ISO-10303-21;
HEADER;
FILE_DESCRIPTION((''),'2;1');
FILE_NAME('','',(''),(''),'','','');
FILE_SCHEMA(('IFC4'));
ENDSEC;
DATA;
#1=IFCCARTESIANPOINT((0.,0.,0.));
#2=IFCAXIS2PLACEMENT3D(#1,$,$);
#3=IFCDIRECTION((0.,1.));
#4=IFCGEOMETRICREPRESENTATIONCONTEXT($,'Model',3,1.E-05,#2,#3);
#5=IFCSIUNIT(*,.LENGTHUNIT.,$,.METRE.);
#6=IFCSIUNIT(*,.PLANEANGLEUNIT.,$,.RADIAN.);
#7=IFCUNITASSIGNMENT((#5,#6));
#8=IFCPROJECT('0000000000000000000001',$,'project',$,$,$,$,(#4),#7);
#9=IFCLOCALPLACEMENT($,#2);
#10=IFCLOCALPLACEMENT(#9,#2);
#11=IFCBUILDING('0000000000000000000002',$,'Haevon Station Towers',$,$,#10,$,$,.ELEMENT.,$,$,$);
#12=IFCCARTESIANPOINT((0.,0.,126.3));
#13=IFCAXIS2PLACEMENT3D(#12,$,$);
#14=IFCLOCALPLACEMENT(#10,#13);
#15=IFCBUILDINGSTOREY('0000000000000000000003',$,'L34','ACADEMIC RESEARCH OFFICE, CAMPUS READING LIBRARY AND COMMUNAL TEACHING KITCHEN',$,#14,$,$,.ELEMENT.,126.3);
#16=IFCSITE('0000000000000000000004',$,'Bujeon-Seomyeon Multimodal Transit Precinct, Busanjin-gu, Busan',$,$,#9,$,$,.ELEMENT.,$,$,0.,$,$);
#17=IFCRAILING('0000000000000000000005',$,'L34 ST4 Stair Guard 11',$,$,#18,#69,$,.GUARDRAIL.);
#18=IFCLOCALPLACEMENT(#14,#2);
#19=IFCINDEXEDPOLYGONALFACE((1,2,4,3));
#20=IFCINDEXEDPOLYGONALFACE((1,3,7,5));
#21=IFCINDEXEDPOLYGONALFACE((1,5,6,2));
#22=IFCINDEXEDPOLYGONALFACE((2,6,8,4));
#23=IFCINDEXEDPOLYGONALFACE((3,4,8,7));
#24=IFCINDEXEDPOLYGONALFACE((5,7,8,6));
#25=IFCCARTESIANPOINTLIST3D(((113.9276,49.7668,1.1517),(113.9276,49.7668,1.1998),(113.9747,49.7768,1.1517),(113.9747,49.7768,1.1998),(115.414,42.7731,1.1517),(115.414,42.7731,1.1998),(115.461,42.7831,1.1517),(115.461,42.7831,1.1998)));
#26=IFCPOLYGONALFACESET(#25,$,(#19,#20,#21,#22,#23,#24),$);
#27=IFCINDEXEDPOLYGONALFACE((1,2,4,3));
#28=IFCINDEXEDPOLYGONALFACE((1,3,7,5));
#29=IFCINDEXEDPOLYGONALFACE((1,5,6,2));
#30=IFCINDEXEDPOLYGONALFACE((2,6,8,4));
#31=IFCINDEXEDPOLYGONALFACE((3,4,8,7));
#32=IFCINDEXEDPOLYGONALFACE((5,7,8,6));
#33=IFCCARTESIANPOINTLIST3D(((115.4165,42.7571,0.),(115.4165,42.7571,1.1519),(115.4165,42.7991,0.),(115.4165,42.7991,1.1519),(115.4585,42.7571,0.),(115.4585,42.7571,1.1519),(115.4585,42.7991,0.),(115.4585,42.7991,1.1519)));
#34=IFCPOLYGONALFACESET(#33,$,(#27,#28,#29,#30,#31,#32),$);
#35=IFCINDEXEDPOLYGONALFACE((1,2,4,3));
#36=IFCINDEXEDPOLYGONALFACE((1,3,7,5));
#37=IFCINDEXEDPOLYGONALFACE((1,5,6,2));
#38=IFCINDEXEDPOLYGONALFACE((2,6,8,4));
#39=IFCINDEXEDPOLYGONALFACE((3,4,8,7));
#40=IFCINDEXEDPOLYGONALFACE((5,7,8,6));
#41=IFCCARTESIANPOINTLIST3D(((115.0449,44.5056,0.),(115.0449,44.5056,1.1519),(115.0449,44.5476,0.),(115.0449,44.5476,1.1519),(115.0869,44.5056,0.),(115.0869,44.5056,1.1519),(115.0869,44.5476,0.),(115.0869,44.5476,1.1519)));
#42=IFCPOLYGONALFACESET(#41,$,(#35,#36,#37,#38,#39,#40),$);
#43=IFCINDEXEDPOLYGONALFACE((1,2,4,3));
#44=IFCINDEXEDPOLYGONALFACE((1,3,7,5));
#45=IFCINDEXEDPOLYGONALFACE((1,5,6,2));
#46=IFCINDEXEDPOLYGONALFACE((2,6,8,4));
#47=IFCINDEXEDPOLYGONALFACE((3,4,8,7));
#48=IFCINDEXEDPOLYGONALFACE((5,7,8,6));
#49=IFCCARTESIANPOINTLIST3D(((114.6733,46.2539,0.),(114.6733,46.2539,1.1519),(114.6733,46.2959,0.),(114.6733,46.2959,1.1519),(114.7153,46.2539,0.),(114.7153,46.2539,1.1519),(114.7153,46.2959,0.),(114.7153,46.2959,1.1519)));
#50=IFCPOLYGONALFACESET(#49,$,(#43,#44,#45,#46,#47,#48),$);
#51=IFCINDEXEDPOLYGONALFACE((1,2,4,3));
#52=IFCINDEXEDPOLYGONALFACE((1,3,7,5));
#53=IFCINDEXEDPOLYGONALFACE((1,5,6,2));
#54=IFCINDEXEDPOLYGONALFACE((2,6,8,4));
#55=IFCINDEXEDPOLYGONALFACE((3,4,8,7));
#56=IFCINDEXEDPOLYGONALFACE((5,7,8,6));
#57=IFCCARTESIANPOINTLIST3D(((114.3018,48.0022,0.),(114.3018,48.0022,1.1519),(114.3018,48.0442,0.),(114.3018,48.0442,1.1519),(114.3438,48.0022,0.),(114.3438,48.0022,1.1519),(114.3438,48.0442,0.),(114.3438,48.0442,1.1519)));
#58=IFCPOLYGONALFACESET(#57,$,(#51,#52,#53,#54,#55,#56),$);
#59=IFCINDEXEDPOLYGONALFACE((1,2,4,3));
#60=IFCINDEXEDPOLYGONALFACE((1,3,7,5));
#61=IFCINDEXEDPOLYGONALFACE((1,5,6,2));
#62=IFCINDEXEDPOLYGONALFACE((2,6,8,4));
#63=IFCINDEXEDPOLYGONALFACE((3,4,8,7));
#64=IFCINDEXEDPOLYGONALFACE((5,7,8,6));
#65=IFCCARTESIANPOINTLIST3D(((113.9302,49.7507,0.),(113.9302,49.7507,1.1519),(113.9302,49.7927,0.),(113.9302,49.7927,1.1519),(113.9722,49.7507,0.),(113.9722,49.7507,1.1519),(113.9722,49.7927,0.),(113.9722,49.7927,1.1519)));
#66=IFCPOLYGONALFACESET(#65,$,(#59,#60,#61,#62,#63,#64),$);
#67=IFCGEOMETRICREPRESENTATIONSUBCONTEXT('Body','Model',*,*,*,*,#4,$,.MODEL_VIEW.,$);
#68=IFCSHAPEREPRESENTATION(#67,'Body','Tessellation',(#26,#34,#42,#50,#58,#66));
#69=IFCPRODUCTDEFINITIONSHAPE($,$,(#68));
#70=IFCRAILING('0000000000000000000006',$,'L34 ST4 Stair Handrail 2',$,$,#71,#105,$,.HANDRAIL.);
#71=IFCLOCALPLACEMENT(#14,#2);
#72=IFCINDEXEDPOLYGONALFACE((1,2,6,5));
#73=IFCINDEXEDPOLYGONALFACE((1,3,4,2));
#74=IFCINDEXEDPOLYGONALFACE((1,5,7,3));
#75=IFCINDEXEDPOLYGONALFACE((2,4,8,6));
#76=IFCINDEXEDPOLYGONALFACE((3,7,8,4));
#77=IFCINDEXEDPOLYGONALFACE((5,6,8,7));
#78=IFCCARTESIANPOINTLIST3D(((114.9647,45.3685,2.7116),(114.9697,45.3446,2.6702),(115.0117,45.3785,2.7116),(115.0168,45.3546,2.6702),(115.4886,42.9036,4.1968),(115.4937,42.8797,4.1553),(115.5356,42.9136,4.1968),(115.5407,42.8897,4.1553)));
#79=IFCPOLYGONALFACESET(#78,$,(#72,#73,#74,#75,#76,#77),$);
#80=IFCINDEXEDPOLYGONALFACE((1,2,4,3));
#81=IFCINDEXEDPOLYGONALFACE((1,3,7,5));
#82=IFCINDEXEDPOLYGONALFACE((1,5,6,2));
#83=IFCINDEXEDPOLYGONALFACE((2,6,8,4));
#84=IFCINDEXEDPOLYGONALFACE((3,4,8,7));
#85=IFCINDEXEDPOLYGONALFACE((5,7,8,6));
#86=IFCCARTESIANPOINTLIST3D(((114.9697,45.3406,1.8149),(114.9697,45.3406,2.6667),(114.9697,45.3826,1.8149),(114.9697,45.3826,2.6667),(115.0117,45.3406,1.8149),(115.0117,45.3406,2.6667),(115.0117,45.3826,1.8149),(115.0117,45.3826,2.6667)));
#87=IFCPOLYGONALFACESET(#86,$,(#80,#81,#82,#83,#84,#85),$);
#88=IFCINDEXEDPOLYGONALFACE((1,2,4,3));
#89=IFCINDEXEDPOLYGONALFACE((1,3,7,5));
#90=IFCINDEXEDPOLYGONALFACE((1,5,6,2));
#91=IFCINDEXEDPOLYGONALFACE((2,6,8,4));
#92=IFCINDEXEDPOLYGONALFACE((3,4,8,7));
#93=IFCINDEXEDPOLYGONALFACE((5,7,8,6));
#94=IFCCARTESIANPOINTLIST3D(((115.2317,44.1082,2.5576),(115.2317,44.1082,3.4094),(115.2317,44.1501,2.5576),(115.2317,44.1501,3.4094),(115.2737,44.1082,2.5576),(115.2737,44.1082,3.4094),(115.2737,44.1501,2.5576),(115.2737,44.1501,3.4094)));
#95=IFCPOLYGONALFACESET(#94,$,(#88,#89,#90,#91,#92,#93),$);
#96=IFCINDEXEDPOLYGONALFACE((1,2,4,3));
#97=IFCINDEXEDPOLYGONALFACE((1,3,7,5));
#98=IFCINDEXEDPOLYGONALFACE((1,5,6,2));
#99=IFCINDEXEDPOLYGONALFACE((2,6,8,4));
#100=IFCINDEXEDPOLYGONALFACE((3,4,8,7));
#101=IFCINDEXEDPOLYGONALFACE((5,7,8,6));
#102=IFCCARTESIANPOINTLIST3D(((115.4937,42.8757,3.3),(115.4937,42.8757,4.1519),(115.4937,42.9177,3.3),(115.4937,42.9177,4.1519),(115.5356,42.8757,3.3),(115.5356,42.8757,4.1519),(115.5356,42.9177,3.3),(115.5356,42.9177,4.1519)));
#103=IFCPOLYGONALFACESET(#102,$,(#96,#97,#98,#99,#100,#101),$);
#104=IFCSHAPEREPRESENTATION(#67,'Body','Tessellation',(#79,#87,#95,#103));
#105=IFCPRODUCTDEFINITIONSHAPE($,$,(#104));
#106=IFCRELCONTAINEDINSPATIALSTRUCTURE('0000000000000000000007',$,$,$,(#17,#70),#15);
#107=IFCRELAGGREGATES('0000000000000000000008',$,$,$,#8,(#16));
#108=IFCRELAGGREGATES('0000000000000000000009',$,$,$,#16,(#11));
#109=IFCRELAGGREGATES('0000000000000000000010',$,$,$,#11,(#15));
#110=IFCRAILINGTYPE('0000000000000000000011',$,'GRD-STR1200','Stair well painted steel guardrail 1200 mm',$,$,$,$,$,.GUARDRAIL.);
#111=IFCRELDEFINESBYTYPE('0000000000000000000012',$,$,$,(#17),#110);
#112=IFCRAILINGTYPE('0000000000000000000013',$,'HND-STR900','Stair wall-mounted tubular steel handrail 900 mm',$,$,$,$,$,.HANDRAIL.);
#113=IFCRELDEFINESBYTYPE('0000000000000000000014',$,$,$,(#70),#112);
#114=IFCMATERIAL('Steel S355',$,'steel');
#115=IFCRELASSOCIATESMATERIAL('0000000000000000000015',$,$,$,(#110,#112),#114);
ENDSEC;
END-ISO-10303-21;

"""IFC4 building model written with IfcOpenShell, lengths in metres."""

from ifc_helpers import new_model, si_unit, direction, frame, origin, origin_2d, place, context, subcontext, project, spatial, rectangle, extrude, material, type_object, element, save


model = new_model("IFC4")

# Units and contexts
model_context = context("Model", 3, precision=1e-05, world=origin(), true_north=direction((0.0, 1.0)))
body_context = subcontext(model_context, "Body", "Model", "MODEL_VIEW")
ifc_project = project(units=[si_unit("LENGTHUNIT", "METRE"), si_unit("PLANEANGLEUNIT", "RADIAN")], contexts=[model_context])

# Site, building, storey
site_placement = place(None, origin())
site = spatial("IfcSite", under=ifc_project, at=site_placement, Name="Bujeon-Seomyeon Multimodal Transit Precinct, Busanjin-gu, Busan", CompositionType="ELEMENT", RefElevation=0.0)
building_placement = place(site_placement, origin())
building = spatial("IfcBuilding", under=site, at=building_placement, Name="Haevon Station Towers", CompositionType="ELEMENT")
storey_placement = place(building_placement, frame((0.0, 0.0, 126.3)))
storey = spatial("IfcBuildingStorey", under=building, at=storey_placement, Name="L34", Description="ACADEMIC RESEARCH OFFICE, CAMPUS READING LIBRARY AND COMMUNAL TEACHING KITCHEN", CompositionType="ELEMENT", Elevation=126.3)

# Railings
ifc_material_1 = material(Name="Steel S355", Category="steel")
railing_type_1 = type_object("IfcRailingType", Name="GRD-STR1200", Description="Stair well painted steel guardrail 1200 mm", PredefinedType="GUARDRAIL", material=ifc_material_1)
railing_1_placement = place(storey_placement, frame((115.4375, 42.7781, 0.0)))
element("IfcRailing", 1, at=railing_1_placement, inside=storey, type_object=railing_type_1, Name="L34 ST4 Stair Guard 11", PredefinedType="GUARDRAIL", context=body_context, shape_type="SweptSolid", body=[
    extrude(rectangle(XDim=0.0481, YDim=0.0481, at=origin_2d()), frame((0.0, 0.0, 1.1758), z_axis=(-0.207882, 0.978154, 0.0), x_axis=(-0.978154, -0.207882, 0.0)), (0.0, 0.0, 1.0), 7.1499),
    extrude(rectangle(XDim=0.042, YDim=0.042, at=origin_2d()), origin(), (0.0, 0.0, 1.0), 1.1519),
    extrude(rectangle(XDim=0.042, YDim=0.042, at=origin_2d()), frame((-0.3716, 1.7485, 0.0)), (0.0, 0.0, 1.0), 1.1519),
    extrude(rectangle(XDim=0.042, YDim=0.042, at=origin_2d()), frame((-0.7432, 3.4968, 0.0)), (0.0, 0.0, 1.0), 1.1519),
    extrude(rectangle(XDim=0.042, YDim=0.042, at=origin_2d()), frame((-1.1147, 5.2451, 0.0)), (0.0, 0.0, 1.0), 1.1519),
    extrude(rectangle(XDim=0.042, YDim=0.042, at=origin_2d()), frame((-1.4863, 6.9937, 0.0)), (0.0, 0.0, 1.0), 1.1519),
])
railing_type_2 = type_object("IfcRailingType", Name="HND-STR900", Description="Stair wall-mounted tubular steel handrail 900 mm", PredefinedType="HANDRAIL", material=ifc_material_1)
railing_2_placement = place(storey_placement, frame((114.9907, 45.3616, 1.8149)))
element("IfcRailing", 2, at=railing_2_placement, inside=storey, type_object=railing_type_2, Name="L34 ST4 Stair Handrail 2", PredefinedType="HANDRAIL", context=body_context, shape_type="SweptSolid", body=[
    extrude(rectangle(XDim=0.0481, YDim=0.0481, at=origin_2d()), frame((0.0, 0.0, 0.876), z_axis=(0.179121, -0.842688, 0.507733), x_axis=(0.978147, 0.207914, 0.0)), (0.0, 0.0, 1.0), 2.925),
    extrude(rectangle(XDim=0.042, YDim=0.042, at=origin_2d()), origin(), (0.0, 0.0, 1.0), 0.8518),
    extrude(rectangle(XDim=0.042, YDim=0.042, at=origin_2d()), frame((0.262, -1.2324, 0.7427)), (0.0, 0.0, 1.0), 0.8518),
    extrude(rectangle(XDim=0.042, YDim=0.042, at=origin_2d()), frame((0.5239, -2.4648, 1.4851)), (0.0, 0.0, 1.0), 0.8518),
])

save(model, "model.ifc")
